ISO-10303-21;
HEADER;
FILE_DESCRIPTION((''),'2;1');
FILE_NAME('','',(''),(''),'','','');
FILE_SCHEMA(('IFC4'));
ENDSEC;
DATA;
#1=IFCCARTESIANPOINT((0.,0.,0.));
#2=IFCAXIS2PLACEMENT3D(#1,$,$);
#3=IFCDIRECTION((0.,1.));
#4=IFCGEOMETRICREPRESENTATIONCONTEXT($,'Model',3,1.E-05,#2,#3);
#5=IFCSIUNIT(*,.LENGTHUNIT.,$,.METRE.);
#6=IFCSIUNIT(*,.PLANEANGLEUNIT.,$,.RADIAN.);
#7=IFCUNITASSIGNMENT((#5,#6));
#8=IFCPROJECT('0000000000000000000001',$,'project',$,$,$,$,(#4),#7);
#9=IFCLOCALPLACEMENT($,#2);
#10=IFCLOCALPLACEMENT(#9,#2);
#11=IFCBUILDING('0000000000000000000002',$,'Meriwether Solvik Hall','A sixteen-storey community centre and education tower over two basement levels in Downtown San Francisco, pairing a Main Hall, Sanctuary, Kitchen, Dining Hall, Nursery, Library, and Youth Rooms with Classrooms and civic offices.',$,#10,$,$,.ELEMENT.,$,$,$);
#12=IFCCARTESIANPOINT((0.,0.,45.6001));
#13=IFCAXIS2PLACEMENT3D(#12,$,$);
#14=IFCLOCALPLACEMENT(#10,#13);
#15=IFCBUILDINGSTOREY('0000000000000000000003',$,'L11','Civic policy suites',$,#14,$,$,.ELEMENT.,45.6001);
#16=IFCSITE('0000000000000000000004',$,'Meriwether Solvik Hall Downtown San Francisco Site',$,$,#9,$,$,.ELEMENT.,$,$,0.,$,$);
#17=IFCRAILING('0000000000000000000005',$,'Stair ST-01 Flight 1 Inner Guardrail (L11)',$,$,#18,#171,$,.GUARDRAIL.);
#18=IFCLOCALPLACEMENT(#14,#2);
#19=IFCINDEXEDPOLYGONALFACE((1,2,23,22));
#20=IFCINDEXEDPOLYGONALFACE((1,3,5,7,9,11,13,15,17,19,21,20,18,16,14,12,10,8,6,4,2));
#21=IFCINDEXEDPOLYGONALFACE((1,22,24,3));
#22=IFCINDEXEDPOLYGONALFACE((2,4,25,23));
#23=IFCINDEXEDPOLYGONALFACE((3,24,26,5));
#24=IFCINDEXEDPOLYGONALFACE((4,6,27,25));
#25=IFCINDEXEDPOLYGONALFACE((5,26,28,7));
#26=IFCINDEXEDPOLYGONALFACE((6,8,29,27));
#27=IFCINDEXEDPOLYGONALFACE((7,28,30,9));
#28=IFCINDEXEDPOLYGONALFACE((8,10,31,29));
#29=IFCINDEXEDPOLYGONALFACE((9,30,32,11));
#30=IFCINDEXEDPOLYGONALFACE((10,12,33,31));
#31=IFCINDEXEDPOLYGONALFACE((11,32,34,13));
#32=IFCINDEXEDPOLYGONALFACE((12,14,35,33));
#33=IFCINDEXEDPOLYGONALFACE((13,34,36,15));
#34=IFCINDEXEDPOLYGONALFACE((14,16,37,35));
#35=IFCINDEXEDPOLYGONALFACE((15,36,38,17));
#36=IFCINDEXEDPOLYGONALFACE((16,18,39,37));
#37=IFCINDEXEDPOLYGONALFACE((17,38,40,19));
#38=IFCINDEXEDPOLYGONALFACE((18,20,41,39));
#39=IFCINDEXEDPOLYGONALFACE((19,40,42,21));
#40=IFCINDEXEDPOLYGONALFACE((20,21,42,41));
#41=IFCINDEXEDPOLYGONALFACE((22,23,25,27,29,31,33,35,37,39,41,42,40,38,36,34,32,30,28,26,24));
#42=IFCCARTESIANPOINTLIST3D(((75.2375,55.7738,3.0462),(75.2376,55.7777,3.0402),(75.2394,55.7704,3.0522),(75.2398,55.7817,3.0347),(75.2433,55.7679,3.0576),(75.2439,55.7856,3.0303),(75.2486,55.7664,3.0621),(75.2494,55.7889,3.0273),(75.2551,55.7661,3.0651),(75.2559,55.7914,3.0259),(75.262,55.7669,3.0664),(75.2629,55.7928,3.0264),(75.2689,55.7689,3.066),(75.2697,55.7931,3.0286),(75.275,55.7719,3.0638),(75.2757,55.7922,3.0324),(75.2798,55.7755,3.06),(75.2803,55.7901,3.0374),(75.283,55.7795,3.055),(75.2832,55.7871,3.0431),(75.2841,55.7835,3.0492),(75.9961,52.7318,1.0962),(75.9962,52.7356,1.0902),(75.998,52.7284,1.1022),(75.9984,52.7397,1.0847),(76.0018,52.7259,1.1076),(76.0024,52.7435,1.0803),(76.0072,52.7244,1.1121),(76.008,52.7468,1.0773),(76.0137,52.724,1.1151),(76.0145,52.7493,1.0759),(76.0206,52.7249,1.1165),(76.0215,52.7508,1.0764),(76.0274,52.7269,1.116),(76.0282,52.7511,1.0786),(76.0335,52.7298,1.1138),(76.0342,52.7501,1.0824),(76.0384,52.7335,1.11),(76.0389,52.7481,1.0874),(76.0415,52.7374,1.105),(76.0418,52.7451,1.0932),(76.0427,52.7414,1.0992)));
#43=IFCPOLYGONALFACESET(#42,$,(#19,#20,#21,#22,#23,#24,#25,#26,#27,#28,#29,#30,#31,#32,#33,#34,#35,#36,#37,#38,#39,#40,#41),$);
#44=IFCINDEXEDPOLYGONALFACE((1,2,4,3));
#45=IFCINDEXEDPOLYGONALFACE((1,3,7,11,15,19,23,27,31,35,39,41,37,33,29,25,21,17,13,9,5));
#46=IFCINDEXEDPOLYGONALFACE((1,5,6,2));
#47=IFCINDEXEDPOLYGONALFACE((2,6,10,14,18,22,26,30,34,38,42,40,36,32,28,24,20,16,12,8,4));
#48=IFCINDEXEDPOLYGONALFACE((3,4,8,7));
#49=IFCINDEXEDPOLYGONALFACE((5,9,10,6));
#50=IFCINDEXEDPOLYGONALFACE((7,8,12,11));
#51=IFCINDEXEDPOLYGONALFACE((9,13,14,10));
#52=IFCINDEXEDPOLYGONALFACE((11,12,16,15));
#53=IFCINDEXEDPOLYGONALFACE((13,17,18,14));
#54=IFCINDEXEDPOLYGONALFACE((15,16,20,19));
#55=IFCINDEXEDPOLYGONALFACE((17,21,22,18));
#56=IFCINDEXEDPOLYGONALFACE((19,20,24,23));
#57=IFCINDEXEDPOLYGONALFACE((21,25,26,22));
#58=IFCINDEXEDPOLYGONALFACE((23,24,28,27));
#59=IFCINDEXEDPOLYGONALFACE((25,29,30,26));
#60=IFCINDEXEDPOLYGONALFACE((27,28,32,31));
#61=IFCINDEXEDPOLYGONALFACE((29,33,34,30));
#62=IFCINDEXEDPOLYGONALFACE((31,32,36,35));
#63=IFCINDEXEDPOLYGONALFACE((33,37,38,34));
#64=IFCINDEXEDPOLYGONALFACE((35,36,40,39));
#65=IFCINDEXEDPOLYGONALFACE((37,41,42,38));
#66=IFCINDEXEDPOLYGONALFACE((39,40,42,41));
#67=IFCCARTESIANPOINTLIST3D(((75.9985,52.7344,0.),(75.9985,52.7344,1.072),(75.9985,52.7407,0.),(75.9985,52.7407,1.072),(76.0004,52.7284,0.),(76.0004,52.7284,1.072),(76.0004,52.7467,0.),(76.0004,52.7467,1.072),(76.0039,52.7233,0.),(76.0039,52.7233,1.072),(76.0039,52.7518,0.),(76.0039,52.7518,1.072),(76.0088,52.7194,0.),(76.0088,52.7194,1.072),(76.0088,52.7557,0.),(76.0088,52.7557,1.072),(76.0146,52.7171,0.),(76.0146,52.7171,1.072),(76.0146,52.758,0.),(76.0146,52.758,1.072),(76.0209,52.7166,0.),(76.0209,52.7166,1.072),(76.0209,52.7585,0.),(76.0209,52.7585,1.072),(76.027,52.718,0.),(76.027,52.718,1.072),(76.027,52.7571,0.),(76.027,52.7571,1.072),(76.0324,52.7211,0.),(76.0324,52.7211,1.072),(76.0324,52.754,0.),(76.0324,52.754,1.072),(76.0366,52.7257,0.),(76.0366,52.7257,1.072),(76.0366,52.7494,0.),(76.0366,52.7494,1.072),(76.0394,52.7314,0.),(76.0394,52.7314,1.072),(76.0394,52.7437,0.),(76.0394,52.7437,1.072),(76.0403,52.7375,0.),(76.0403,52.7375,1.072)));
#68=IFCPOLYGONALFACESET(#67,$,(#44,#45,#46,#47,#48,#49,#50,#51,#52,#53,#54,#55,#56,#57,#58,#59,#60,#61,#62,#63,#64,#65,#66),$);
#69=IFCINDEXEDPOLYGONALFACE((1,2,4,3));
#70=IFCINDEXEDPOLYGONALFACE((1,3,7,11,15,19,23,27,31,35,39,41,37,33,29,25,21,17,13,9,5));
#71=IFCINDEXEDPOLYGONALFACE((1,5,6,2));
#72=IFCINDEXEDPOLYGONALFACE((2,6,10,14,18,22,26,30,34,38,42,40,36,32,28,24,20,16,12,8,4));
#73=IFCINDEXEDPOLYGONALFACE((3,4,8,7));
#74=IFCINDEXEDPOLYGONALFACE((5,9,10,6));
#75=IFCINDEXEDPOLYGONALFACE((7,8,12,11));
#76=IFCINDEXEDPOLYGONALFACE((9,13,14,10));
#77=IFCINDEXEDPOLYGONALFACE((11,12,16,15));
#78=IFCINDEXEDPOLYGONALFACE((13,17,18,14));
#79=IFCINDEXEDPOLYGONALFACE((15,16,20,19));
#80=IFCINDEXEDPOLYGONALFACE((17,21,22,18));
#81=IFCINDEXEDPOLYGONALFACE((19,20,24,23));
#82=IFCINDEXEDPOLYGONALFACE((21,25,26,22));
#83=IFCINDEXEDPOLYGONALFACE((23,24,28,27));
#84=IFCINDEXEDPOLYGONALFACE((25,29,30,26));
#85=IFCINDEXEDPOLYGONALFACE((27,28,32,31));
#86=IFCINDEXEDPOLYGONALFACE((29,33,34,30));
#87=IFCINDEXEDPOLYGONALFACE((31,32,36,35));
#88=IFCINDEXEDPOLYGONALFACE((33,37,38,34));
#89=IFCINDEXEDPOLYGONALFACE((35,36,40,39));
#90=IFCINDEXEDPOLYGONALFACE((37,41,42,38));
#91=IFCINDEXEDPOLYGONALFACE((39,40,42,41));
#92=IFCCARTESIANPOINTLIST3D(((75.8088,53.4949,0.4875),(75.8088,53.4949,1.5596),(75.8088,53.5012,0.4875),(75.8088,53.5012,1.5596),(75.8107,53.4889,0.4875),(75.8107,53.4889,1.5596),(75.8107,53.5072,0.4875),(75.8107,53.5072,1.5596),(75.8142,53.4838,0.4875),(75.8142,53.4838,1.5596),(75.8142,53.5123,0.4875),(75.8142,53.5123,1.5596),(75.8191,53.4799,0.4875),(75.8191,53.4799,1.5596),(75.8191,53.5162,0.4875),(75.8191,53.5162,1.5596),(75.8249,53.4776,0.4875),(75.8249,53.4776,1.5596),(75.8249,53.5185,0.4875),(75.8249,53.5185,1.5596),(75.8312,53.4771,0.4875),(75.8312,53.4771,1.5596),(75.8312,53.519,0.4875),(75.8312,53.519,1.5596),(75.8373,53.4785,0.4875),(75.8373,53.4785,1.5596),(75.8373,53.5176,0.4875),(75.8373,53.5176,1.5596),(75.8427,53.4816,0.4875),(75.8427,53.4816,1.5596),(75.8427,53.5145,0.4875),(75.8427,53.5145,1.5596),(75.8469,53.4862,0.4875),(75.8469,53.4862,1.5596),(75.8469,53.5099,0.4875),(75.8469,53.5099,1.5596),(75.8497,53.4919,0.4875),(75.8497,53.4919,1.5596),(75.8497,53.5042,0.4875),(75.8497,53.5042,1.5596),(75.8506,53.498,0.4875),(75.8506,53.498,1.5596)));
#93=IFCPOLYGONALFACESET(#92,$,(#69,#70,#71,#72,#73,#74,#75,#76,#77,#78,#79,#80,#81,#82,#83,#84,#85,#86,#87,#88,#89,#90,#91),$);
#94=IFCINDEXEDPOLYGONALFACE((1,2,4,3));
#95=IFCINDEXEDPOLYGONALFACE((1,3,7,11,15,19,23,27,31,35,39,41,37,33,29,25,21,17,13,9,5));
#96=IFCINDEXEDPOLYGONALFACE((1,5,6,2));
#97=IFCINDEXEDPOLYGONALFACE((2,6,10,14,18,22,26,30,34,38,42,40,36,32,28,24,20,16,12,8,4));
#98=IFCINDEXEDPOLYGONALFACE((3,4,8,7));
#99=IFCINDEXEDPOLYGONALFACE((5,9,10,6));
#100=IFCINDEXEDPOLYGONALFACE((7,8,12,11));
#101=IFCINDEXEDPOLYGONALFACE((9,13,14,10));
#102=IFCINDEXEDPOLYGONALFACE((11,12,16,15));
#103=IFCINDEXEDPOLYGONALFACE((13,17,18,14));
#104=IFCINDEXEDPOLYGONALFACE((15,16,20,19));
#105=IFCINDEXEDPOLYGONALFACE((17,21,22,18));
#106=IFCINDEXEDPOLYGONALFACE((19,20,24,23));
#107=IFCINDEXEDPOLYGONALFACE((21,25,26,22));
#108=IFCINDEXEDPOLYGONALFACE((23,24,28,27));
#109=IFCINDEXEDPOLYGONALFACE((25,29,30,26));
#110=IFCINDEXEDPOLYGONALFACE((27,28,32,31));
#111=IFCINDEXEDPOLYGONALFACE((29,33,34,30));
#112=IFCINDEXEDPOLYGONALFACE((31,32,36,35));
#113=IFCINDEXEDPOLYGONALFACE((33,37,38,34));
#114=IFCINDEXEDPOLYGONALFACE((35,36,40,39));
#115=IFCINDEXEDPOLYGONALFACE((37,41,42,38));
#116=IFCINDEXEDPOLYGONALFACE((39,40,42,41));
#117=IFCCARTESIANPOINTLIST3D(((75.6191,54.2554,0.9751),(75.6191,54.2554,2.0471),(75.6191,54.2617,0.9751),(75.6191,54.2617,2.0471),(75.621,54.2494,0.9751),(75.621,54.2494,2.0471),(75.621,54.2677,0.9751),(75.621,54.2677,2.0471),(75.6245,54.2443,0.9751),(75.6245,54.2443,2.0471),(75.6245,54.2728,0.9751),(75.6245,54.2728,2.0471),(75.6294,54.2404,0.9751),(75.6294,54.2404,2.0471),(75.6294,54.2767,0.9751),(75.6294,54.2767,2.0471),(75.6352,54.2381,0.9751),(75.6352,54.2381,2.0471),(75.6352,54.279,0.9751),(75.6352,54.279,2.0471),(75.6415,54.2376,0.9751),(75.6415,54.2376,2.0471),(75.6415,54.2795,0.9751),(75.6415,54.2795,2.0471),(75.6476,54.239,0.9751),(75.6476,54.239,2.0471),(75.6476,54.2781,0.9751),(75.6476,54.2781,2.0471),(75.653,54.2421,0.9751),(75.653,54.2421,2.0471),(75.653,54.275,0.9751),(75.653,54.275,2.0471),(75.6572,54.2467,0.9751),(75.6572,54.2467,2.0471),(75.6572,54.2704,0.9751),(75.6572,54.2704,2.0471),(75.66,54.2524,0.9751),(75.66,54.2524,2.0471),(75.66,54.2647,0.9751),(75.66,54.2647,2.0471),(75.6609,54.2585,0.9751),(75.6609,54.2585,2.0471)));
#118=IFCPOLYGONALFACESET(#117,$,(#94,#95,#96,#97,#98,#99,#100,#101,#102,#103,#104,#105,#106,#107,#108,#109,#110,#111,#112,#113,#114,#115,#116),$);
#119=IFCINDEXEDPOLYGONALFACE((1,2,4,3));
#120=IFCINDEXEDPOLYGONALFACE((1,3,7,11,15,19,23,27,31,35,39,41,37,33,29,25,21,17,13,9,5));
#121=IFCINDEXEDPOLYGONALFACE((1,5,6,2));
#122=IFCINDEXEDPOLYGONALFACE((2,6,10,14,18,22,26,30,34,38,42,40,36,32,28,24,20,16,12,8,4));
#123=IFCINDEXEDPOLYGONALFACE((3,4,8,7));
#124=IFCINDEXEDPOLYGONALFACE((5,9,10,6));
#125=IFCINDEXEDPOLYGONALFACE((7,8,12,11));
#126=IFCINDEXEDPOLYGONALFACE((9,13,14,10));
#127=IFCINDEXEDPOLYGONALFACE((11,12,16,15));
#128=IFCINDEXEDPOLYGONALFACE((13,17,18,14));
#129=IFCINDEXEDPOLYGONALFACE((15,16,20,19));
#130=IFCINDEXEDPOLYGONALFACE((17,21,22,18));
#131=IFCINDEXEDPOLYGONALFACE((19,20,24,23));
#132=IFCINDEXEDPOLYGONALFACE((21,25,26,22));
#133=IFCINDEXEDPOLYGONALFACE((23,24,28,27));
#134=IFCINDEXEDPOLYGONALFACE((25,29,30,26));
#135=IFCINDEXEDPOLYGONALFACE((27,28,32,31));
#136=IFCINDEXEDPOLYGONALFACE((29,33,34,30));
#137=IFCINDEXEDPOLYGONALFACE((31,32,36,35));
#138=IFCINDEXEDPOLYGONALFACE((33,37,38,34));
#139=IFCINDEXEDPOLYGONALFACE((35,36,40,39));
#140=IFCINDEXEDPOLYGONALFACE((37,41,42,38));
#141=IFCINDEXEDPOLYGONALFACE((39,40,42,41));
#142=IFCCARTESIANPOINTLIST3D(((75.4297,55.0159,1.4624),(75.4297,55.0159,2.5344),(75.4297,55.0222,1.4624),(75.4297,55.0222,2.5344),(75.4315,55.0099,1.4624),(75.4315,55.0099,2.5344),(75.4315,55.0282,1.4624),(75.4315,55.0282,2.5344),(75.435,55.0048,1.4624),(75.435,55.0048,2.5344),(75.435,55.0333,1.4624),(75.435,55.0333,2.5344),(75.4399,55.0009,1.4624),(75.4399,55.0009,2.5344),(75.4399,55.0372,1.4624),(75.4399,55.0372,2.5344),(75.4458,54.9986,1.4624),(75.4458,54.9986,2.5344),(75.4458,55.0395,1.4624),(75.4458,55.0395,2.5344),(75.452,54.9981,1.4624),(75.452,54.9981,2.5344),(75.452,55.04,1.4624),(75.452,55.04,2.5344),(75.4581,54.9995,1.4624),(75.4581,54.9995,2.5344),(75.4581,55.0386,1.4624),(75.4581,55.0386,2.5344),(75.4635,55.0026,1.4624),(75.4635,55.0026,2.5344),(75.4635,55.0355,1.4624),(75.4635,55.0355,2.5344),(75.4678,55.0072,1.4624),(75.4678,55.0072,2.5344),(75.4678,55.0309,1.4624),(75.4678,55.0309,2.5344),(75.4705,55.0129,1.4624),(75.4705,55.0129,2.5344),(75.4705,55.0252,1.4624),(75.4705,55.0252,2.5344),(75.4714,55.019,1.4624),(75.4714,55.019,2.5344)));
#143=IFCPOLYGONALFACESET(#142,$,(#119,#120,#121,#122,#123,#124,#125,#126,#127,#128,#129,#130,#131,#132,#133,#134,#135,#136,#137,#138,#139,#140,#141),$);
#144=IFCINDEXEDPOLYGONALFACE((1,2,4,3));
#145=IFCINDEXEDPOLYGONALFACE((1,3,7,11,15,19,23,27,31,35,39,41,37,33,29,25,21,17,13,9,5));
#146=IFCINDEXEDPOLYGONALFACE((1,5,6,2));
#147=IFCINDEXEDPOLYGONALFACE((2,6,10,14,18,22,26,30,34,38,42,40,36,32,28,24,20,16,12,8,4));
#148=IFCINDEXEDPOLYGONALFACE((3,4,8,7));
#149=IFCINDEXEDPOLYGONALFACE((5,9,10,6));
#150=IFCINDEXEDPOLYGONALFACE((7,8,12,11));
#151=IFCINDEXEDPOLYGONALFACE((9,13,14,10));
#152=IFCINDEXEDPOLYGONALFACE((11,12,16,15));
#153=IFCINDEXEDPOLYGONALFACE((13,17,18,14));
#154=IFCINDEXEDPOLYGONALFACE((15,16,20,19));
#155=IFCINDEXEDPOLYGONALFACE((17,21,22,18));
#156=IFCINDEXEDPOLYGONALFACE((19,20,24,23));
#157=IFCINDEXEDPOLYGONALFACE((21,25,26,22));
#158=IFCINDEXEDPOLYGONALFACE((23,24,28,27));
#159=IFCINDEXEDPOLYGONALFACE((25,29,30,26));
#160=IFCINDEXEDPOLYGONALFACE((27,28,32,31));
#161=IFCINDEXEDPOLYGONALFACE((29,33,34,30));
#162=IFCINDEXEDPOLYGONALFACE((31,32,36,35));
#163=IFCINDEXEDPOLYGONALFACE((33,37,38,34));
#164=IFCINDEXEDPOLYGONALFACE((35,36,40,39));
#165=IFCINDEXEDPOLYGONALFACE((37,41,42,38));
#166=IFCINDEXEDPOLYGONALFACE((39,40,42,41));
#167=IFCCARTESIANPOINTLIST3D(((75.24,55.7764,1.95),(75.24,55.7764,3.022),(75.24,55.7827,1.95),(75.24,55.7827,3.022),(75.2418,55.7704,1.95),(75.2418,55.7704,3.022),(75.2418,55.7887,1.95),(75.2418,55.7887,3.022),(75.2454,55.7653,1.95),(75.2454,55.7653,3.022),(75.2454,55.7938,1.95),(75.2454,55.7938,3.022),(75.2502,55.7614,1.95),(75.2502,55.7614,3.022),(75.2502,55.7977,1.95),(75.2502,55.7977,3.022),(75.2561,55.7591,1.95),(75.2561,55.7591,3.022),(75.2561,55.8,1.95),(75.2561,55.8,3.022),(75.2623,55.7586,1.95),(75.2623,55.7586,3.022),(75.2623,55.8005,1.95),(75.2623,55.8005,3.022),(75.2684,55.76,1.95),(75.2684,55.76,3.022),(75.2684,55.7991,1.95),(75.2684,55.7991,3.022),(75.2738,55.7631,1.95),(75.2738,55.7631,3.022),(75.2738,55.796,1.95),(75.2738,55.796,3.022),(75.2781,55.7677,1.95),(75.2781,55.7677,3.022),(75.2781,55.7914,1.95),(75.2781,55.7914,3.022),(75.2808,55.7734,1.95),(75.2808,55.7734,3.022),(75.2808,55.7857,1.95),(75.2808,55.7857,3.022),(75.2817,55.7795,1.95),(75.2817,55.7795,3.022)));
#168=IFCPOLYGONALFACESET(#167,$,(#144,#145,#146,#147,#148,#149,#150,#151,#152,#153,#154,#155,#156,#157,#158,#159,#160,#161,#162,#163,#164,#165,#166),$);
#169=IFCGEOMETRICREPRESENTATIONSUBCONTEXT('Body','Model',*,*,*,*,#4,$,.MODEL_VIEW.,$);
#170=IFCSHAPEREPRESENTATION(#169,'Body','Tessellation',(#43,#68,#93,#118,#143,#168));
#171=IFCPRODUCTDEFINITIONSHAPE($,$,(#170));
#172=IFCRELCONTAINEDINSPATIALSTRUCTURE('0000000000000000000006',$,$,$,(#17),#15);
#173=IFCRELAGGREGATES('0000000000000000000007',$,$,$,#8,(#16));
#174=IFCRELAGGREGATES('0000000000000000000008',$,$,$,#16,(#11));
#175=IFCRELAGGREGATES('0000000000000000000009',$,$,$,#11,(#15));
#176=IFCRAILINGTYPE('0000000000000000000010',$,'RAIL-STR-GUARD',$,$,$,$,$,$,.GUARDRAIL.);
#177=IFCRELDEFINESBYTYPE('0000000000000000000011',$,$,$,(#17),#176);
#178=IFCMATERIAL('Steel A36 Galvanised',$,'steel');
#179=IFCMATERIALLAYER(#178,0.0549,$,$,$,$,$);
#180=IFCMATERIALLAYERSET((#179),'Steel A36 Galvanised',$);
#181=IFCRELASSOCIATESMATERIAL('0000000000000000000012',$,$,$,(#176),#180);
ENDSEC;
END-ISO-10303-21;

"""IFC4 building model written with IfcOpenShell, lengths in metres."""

from ifc_helpers import new_model, si_unit, direction, frame, origin, origin_2d, place, context, subcontext, project, spatial, circle, extrude, material, layer, layer_set, type_object, element, save


model = new_model("IFC4")

# Units and contexts
model_context = context("Model", 3, precision=1e-05, world=origin(), true_north=direction((0.0, 1.0)))
body_context = subcontext(model_context, "Body", "Model", "MODEL_VIEW")
ifc_project = project(units=[si_unit("LENGTHUNIT", "METRE"), si_unit("PLANEANGLEUNIT", "RADIAN")], contexts=[model_context])

# Site, building, storey
site_placement = place(None, origin())
site = spatial("IfcSite", under=ifc_project, at=site_placement, Name="Meriwether Solvik Hall Downtown San Francisco Site", CompositionType="ELEMENT", RefElevation=0.0)
building_placement = place(site_placement, origin())
building = spatial("IfcBuilding", under=site, at=building_placement, Name="Meriwether Solvik Hall", Description="A sixteen-storey community centre and education tower over two basement levels in Downtown San Francisco, pairing a Main Hall, Sanctuary, Kitchen, Dining Hall, Nursery, Library, and Youth Rooms with Classrooms and civic offices.", CompositionType="ELEMENT")
storey_placement = place(building_placement, frame((0.0, 0.0, 45.6001)))
storey = spatial("IfcBuildingStorey", under=building, at=storey_placement, Name="L11", Description="Civic policy suites", CompositionType="ELEMENT", Elevation=45.6001)

# Railing
ifc_material_1 = material(Name="Steel A36 Galvanised", Category="steel")
ifc_layer_1 = layer(ifc_material_1, 0.0549)
ifc_layer_set_1 = layer_set([ifc_layer_1], Name="Steel A36 Galvanised")
railing_type_1 = type_object("IfcRailingType", Name="RAIL-STR-GUARD", PredefinedType="GUARDRAIL", material=ifc_layer_set_1)
railing_1_placement = place(storey_placement, frame((76.0193, 52.7375, 0.0)))
element("IfcRailing", 1, at=railing_1_placement, inside=storey, type_object=railing_type_1, Name="Stair ST-01 Flight 1 Inner Guardrail (L11)", PredefinedType="GUARDRAIL", context=body_context, shape_type="SweptSolid", body=[
    extrude(circle(Radius=0.0239, at=origin_2d()), frame((0.0, 0.0, 1.0962), z_axis=(-0.205452, 0.823925, 0.528145), x_axis=(-0.970289, -0.241949, 0.0)), (0.0, 0.0, 1.0), 3.6921),
    extrude(circle(Radius=0.021, at=origin_2d()), origin(), (0.0, 0.0, 1.0), 1.072),
    extrude(circle(Radius=0.021, at=origin_2d()), frame((-0.1897, 0.7605, 0.4875)), (0.0, 0.0, 1.0), 1.072),
    extrude(circle(Radius=0.021, at=origin_2d()), frame((-0.3794, 1.521, 0.9751)), (0.0, 0.0, 1.0), 1.072),
    extrude(circle(Radius=0.021, at=origin_2d()), frame((-0.5688, 2.2815, 1.4624)), (0.0, 0.0, 1.0), 1.072),
    extrude(circle(Radius=0.021, at=origin_2d()), frame((-0.7585, 3.042, 1.95)), (0.0, 0.0, 1.0), 1.072),
])

save(model, "model.ifc")
